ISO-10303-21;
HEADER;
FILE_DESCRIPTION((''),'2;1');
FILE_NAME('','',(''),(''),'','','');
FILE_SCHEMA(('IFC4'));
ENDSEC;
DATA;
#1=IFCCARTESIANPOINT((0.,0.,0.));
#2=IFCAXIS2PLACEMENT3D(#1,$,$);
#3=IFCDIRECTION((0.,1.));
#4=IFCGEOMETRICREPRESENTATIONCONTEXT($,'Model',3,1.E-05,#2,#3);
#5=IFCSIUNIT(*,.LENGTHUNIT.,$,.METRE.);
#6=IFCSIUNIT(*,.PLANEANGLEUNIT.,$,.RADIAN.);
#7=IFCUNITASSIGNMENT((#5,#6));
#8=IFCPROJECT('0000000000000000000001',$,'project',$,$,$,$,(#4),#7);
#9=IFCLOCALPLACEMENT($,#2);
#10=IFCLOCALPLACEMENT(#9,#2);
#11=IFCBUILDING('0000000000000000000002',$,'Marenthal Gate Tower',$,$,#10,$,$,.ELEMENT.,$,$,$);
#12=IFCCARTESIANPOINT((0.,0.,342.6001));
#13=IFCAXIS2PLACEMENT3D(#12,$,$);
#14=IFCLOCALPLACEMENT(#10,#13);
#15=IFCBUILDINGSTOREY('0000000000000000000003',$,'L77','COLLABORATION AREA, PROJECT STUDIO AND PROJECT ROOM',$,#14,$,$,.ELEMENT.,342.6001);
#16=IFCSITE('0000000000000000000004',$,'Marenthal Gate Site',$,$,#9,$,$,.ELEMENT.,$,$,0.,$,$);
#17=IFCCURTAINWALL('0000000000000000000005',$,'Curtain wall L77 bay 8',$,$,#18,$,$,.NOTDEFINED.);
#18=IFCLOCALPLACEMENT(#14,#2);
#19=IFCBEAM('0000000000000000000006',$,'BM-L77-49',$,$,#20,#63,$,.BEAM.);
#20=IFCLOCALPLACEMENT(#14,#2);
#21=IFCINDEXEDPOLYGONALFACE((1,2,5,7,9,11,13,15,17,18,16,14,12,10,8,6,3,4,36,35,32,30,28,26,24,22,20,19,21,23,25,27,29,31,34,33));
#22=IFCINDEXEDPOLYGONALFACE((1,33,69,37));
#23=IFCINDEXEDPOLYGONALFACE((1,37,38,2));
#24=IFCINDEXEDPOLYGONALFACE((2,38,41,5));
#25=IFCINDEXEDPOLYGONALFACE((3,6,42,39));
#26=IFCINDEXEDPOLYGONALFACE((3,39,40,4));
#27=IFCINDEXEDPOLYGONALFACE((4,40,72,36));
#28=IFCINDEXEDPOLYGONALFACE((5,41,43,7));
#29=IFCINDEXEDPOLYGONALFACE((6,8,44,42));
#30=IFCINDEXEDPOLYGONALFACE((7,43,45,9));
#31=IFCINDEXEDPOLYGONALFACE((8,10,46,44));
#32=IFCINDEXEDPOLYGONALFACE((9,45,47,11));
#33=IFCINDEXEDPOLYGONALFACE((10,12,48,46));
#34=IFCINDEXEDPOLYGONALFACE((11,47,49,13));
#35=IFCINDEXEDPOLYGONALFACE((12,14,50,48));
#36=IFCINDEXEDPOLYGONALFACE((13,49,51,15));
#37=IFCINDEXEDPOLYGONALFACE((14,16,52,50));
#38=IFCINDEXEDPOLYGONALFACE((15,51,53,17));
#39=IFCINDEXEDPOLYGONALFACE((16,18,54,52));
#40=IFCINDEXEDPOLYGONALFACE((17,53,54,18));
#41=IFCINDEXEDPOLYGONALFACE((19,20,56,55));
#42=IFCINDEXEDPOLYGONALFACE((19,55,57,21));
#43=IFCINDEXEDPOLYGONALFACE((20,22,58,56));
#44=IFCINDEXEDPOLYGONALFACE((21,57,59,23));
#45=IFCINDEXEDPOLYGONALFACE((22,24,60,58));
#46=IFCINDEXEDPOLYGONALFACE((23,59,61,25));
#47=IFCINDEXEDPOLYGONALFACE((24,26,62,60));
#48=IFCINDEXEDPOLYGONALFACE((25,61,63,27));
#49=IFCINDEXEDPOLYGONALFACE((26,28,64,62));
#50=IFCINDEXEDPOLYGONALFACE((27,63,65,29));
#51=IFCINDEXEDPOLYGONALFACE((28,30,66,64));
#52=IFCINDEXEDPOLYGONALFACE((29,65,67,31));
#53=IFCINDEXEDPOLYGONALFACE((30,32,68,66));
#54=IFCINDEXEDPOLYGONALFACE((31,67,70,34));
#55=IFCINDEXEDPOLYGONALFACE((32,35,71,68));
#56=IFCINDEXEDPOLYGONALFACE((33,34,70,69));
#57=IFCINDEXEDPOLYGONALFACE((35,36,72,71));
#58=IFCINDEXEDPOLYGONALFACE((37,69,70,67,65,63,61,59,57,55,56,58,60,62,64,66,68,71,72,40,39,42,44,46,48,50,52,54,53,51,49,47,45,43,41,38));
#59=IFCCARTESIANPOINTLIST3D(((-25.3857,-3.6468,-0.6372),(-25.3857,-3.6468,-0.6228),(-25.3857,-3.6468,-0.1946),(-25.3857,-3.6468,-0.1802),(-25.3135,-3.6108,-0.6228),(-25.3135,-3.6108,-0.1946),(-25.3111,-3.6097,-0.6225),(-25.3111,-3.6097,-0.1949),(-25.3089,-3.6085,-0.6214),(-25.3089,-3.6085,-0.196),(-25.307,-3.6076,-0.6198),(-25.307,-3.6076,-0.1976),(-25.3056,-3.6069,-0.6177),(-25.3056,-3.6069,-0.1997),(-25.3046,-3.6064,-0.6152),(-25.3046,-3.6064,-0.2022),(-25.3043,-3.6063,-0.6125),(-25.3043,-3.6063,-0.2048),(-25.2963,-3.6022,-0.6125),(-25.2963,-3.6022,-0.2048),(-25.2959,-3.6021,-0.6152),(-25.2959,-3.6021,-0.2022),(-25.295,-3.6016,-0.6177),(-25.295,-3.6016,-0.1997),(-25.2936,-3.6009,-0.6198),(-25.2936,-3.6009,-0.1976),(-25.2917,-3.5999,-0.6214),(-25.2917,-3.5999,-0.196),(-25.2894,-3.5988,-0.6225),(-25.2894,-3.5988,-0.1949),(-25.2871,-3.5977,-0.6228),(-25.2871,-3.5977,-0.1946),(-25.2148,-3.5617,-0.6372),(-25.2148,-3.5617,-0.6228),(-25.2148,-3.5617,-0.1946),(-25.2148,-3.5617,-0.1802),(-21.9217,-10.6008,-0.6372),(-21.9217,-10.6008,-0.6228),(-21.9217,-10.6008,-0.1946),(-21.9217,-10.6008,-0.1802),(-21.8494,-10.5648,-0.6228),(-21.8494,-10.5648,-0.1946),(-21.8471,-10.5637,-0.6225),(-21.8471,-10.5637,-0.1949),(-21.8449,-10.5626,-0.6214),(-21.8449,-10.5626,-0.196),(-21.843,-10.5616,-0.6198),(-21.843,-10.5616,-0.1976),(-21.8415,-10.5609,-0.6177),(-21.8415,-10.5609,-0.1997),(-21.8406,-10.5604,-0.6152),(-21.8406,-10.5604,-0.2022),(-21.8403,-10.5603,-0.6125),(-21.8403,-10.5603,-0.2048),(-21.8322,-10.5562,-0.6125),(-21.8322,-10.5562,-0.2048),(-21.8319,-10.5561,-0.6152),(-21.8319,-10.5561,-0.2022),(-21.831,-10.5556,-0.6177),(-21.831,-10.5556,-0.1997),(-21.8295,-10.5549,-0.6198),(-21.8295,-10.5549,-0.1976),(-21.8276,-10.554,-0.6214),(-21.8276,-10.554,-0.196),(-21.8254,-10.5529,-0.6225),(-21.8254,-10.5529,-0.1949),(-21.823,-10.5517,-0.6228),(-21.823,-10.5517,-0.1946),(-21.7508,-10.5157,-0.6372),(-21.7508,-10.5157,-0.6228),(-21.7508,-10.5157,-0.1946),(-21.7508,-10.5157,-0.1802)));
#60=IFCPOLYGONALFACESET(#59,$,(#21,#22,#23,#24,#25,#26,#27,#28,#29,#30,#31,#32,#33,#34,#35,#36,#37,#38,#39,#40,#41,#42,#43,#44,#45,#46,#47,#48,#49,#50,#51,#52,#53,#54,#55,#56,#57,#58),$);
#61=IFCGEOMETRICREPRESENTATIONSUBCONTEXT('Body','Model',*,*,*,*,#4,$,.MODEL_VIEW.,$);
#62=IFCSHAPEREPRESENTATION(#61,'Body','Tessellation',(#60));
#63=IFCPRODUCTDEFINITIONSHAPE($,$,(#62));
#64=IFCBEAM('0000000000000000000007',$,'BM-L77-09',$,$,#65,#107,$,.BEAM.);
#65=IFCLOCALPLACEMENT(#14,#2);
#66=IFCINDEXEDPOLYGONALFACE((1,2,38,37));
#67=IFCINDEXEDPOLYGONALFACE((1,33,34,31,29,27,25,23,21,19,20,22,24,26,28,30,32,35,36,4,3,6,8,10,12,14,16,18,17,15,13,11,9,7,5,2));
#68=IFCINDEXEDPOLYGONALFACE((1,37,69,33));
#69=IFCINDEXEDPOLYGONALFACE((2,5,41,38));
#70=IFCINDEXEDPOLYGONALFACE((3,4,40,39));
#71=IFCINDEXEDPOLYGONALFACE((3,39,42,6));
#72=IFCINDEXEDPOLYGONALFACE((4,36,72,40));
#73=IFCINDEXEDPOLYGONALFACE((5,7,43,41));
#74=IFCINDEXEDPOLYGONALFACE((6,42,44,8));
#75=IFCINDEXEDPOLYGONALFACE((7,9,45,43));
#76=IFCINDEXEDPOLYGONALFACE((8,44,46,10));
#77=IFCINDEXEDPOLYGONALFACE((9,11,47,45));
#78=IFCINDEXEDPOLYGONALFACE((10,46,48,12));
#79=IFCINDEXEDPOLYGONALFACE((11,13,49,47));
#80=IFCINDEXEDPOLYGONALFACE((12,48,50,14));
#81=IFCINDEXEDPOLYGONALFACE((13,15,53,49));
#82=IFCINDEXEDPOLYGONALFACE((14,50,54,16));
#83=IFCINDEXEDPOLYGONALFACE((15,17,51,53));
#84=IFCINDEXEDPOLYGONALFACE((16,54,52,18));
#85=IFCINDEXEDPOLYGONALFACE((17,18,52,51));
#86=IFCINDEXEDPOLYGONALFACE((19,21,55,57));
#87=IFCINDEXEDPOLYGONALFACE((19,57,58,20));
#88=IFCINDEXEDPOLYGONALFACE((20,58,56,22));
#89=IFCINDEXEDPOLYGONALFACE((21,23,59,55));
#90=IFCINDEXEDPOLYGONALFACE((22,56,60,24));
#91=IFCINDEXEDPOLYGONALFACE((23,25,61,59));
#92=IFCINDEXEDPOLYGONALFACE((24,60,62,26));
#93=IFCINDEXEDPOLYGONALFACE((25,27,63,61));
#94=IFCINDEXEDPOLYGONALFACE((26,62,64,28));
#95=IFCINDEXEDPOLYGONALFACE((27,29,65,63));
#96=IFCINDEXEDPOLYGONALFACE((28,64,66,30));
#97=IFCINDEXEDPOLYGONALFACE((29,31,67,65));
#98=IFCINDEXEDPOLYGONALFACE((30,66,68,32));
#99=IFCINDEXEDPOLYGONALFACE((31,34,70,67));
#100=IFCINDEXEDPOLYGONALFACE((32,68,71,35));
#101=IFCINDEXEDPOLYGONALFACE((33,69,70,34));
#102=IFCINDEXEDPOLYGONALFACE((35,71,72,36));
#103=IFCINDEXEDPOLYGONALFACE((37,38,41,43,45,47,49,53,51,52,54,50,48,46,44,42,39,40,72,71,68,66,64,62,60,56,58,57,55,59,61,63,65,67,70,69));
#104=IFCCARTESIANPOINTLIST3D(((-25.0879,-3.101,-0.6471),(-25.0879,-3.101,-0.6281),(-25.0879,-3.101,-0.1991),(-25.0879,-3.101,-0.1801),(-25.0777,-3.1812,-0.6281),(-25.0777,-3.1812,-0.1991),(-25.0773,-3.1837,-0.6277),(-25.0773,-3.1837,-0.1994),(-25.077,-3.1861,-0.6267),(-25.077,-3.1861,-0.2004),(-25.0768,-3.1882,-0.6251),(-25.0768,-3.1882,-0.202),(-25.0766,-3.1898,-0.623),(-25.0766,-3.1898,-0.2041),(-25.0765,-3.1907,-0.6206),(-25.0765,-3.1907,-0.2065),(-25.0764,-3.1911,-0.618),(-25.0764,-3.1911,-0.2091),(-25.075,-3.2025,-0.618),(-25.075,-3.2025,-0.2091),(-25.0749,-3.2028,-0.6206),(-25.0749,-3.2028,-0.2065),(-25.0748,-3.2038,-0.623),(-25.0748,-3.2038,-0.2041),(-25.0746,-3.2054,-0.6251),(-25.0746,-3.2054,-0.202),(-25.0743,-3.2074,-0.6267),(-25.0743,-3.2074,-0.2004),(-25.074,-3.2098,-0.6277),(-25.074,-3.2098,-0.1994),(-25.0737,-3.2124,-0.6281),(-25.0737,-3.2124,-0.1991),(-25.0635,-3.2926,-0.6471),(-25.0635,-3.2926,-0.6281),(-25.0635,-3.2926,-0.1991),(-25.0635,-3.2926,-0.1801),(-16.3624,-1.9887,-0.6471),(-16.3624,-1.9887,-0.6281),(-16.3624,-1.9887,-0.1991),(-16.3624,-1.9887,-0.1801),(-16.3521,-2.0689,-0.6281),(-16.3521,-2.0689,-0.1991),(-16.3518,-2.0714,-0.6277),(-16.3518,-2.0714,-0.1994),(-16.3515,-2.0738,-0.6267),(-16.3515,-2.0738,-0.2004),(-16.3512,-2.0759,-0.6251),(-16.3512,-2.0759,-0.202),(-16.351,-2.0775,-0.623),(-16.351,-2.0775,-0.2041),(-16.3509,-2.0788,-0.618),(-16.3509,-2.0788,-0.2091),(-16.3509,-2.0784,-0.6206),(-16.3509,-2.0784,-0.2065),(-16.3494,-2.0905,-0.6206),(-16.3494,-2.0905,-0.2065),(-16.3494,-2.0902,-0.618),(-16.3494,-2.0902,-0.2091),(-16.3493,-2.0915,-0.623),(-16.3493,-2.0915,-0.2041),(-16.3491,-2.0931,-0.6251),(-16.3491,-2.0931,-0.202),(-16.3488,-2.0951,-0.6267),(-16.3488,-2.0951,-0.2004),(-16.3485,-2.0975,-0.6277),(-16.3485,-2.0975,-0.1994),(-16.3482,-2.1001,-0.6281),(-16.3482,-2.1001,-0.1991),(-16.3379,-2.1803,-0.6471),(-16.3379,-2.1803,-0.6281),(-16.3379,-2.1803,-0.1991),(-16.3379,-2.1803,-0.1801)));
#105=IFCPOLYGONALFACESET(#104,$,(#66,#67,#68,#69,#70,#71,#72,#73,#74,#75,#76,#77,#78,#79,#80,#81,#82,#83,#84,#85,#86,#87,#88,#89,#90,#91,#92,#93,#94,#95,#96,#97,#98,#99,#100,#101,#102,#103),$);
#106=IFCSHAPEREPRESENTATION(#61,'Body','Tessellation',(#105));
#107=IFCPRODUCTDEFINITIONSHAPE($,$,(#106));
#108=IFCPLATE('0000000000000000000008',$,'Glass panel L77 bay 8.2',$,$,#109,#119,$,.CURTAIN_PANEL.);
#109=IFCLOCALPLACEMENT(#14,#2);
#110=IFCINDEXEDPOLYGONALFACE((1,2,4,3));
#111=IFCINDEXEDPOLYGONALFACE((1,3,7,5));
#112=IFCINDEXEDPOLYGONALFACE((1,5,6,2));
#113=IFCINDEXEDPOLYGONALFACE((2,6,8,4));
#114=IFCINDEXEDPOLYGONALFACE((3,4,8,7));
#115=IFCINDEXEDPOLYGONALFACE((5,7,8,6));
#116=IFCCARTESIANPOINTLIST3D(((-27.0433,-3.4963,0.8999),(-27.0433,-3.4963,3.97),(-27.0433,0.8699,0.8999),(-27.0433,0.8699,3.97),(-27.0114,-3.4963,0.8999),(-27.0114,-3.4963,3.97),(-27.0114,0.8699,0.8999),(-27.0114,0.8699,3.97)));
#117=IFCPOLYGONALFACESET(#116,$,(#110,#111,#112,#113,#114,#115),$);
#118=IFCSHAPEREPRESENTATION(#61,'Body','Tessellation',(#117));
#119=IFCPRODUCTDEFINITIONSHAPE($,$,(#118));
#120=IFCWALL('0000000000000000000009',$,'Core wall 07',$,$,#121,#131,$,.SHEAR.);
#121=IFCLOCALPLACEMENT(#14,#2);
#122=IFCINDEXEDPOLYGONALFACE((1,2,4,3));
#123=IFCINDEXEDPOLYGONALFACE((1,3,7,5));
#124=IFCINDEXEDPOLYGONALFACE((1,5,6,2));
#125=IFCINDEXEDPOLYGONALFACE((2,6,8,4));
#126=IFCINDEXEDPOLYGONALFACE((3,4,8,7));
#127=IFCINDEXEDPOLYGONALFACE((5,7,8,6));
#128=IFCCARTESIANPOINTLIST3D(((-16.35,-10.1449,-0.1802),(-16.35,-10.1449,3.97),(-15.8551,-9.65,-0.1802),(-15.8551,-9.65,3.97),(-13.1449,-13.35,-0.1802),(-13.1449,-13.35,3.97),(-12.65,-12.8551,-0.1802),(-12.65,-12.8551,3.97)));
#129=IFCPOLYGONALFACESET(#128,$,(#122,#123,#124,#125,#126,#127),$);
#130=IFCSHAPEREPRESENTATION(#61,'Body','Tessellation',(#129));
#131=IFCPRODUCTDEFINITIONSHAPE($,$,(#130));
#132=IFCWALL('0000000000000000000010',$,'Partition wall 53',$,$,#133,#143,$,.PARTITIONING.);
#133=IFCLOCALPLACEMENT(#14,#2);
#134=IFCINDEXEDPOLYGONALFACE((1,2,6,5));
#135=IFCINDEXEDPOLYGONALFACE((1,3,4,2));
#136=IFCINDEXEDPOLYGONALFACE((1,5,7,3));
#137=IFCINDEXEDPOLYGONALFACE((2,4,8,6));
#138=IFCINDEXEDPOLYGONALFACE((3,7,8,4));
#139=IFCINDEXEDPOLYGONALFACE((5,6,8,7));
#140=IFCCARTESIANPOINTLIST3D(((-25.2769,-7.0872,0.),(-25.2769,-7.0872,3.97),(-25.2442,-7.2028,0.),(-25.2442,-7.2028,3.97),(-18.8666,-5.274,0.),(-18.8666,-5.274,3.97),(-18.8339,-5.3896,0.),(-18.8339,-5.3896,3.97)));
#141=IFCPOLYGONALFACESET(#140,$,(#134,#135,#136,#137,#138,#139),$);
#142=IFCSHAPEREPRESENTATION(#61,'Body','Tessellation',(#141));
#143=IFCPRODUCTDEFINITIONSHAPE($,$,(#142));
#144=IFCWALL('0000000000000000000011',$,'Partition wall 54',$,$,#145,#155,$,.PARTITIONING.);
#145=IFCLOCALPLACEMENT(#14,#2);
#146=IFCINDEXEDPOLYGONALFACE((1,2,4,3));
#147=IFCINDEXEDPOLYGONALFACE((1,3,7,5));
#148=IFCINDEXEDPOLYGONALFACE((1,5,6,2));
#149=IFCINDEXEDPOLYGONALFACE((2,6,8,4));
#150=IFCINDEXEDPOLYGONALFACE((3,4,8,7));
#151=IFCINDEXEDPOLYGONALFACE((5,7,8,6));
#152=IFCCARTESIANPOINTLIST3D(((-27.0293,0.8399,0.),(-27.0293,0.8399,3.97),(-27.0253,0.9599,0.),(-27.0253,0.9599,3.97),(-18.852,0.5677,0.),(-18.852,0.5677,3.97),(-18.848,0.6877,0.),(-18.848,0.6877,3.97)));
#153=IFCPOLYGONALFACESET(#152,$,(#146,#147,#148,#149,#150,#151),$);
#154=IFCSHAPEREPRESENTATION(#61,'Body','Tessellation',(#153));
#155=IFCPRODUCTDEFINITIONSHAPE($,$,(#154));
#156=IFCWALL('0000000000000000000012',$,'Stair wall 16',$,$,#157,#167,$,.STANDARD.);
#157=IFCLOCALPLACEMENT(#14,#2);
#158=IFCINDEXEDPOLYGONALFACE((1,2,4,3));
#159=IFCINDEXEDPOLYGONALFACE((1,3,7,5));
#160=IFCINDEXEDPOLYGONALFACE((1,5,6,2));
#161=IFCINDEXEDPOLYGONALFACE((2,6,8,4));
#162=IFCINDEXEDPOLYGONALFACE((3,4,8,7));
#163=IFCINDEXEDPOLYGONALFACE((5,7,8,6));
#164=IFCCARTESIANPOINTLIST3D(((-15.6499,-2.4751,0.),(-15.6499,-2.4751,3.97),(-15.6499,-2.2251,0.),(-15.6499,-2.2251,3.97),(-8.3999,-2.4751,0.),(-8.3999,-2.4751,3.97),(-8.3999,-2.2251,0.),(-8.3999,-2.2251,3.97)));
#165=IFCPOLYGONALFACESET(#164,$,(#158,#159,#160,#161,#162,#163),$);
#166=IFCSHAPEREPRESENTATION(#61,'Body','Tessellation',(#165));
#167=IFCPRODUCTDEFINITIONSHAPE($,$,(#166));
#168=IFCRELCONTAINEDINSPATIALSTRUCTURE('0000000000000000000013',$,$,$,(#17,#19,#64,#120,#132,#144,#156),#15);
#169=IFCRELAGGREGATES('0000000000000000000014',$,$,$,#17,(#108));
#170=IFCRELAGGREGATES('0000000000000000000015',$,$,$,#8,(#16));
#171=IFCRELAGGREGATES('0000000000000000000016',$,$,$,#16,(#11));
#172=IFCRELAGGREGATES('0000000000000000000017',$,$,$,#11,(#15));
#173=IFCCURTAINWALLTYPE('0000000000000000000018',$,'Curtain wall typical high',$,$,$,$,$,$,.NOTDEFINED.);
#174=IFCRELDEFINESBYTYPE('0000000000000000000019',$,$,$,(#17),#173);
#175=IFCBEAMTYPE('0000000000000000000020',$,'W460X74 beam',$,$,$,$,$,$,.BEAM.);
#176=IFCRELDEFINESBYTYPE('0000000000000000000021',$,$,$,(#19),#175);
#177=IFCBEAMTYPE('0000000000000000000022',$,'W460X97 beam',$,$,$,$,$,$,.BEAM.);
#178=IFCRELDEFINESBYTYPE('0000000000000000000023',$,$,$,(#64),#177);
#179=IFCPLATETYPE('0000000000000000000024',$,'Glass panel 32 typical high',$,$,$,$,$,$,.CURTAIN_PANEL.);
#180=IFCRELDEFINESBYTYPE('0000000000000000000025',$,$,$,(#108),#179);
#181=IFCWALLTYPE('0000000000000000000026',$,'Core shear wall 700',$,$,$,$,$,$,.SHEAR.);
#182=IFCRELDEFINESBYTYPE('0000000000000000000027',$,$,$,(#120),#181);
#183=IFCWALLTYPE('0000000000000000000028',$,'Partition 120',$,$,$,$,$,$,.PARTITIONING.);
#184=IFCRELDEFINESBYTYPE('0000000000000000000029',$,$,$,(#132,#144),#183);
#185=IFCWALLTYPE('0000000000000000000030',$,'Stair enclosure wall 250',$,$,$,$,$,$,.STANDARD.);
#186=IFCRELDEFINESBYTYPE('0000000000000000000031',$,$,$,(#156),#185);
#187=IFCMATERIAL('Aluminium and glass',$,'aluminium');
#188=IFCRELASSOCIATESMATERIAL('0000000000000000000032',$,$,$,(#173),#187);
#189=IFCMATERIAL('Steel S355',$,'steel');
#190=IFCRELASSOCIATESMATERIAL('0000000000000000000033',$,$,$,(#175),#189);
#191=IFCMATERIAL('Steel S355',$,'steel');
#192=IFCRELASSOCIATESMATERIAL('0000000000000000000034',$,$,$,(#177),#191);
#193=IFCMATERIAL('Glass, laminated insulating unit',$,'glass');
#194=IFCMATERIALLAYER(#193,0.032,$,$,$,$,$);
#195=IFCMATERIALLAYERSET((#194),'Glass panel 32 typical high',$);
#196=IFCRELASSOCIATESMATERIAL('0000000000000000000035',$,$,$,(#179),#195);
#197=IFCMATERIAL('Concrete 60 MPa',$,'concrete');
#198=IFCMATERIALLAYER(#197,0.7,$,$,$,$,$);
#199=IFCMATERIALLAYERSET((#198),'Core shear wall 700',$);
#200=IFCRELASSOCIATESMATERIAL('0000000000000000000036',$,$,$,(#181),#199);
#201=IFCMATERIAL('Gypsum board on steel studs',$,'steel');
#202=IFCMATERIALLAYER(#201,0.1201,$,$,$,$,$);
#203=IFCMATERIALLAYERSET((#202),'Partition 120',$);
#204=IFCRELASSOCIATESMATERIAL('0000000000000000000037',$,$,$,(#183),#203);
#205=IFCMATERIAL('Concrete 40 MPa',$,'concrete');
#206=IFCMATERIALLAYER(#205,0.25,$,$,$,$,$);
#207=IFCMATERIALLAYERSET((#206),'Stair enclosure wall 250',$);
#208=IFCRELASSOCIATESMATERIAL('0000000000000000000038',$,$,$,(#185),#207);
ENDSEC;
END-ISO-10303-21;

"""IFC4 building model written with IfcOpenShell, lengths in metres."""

from ifc_helpers import new_model, si_unit, direction, frame, frame_2d, origin, origin_2d, place, context, subcontext, project, spatial, rectangle, i_section, extrude, material, layer, layer_set, material_profile, profile_set, type_object, element, aggregate, save


model = new_model("IFC4")

# Units and contexts
model_context = context("Model", 3, precision=1e-05, world=origin(), true_north=direction((0.0, 1.0)))
body_context = subcontext(model_context, "Body", "Model", "MODEL_VIEW")
ifc_project = project(units=[si_unit("LENGTHUNIT", "METRE"), si_unit("PLANEANGLEUNIT", "RADIAN")], contexts=[model_context])

# Site, building, storey
site_placement = place(None, origin())
site = spatial("IfcSite", under=ifc_project, at=site_placement, Name="Marenthal Gate Site", CompositionType="ELEMENT", RefElevation=0.0)
building_placement = place(site_placement, origin())
building = spatial("IfcBuilding", under=site, at=building_placement, Name="Marenthal Gate Tower", CompositionType="ELEMENT")
storey_placement = place(building_placement, frame((0.0, 0.0, 342.6001)))
storey = spatial("IfcBuildingStorey", under=building, at=storey_placement, Name="L77", Description="COLLABORATION AREA, PROJECT STUDIO AND PROJECT ROOM", CompositionType="ELEMENT", Elevation=342.6001)

# Curtain wall
ifc_material_1 = material(Name="Aluminium and glass", Category="aluminium")
curtain_wall_type = type_object("IfcCurtainWallType", Name="Curtain wall typical high", PredefinedType="NOTDEFINED", material=ifc_material_1)
curtain_wall_placement = place(storey_placement, origin())
curtain_wall = element("IfcCurtainWall", 1, at=curtain_wall_placement, inside=storey, type_object=curtain_wall_type, Name="Curtain wall L77 bay 8", PredefinedType="NOTDEFINED")

# Beams
ifc_material_2 = material(Name="Steel S355", Category="steel")
ifc_material_profile_1 = material_profile(ifc_material_2, i_section(OverallWidth=0.1909, OverallDepth=0.457, WebThickness=0.009, FlangeThickness=0.0144, FilletRadius=0.0103, at=origin_2d()), Name="W460X74")
ifc_profile_set_1 = profile_set([ifc_material_profile_1], Name="Steel S355")
beam_type_1 = type_object("IfcBeamType", Name="W460X74 beam", PredefinedType="BEAM", material=ifc_profile_set_1)
beam_1_placement = place(storey_placement, frame((-25.3003, -3.6042, -0.4087), z_axis=(0.445881, -0.895092, 0.0), x_axis=(0.895092, 0.445881, 0.0)))
element("IfcBeam", 2, at=beam_1_placement, inside=storey, type_object=beam_type_1, Name="BM-L77-49", PredefinedType="BEAM", context=body_context, shape_type="SweptSolid", body=[
    extrude(i_section(OverallWidth=0.1909, OverallDepth=0.457, WebThickness=0.009, FlangeThickness=0.0144, FilletRadius=0.0103, at=origin_2d()), origin(), (0.0, 0.0, 1.0), 7.769),
])
ifc_material_3 = material(Name="Steel S355", Category="steel")
ifc_material_profile_2 = material_profile(ifc_material_3, i_section(OverallWidth=0.1931, OverallDepth=0.467, WebThickness=0.0115, FlangeThickness=0.019, FilletRadius=0.01, at=origin_2d()), Name="W460X97")
ifc_profile_set_2 = profile_set([ifc_material_profile_2], Name="Steel S355")
beam_type_2 = type_object("IfcBeamType", Name="W460X97 beam", PredefinedType="BEAM", material=ifc_profile_set_2)
beam_2_placement = place(storey_placement, frame((-25.0757, -3.1968, -0.4136), z_axis=(0.991973, 0.126453, 0.0), x_axis=(-0.126453, 0.991973, 0.0)))
element("IfcBeam", 3, at=beam_2_placement, inside=storey, type_object=beam_type_2, Name="BM-L77-09", PredefinedType="BEAM", context=body_context, shape_type="SweptSolid", body=[
    extrude(i_section(OverallWidth=0.1931, OverallDepth=0.467, WebThickness=0.0115, FlangeThickness=0.019, FilletRadius=0.01, at=origin_2d()), origin(), (0.0, 0.0, 1.0), 8.7961),
])

# Plate
ifc_material_4 = material(Name="Glass, laminated insulating unit", Category="glass")
ifc_layer_1 = layer(ifc_material_4, 0.032)
ifc_layer_set_1 = layer_set([ifc_layer_1], Name="Glass panel 32 typical high")
plate_type = type_object("IfcPlateType", Name="Glass panel 32 typical high", PredefinedType="CURTAIN_PANEL", material=ifc_layer_set_1)
plate_placement = place(storey_placement, frame((-27.0273, -1.3132, 0.8999), z_axis=(0.0, 0.0, 1.0), x_axis=(0.0, -1.0, 0.0)))
plate = element("IfcPlate", 4, at=plate_placement, type_object=plate_type, Name="Glass panel L77 bay 8.2", PredefinedType="CURTAIN_PANEL", context=body_context, shape_type="SweptSolid", body=[
    extrude(rectangle(XDim=4.3662, YDim=0.032, at=origin_2d()), origin(), (0.0, 0.0, 1.0), 3.0701),
])
aggregate(curtain_wall, [plate])

# Walls
ifc_material_5 = material(Name="Concrete 60 MPa", Category="concrete")
ifc_layer_2 = layer(ifc_material_5, 0.7)
ifc_layer_set_2 = layer_set([ifc_layer_2], Name="Core shear wall 700")
wall_type_1 = type_object("IfcWallType", Name="Core shear wall 700", PredefinedType="SHEAR", material=ifc_layer_set_2)
wall_1_placement = place(storey_placement, frame((-16.1025, -9.8975, -0.1802), z_axis=(0.0, 0.0, 1.0), x_axis=(0.707107, -0.707107, 0.0)))
element("IfcWall", 5, at=wall_1_placement, inside=storey, type_object=wall_type_1, Name="Core wall 07", PredefinedType="SHEAR", context=body_context, shape_type="SweptSolid", body=[
    extrude(rectangle(XDim=4.5327, YDim=0.7, at=frame_2d((2.2664, 0.0))), origin(), (0.0, 0.0, 1.0), 4.1501),
])
ifc_material_6 = material(Name="Gypsum board on steel studs", Category="steel")
ifc_layer_3 = layer(ifc_material_6, 0.1201)
ifc_layer_set_3 = layer_set([ifc_layer_3], Name="Partition 120")
wall_type_2 = type_object("IfcWallType", Name="Partition 120", PredefinedType="PARTITIONING", material=ifc_layer_set_3)
wall_2_placement = place(storey_placement, frame((-18.8501, -5.3318, 0.0), z_axis=(0.0, 0.0, 1.0), x_axis=(-0.962247, -0.272179, 0.0)))
element("IfcWall", 6, at=wall_2_placement, inside=storey, type_object=wall_type_2, Name="Partition wall 53", PredefinedType="PARTITIONING", context=body_context, shape_type="SweptSolid", body=[
    extrude(rectangle(XDim=6.6619, YDim=0.1201, at=frame_2d((3.3311, 0.0))), origin(), (0.0, 0.0, 1.0), 3.97),
])
wall_3_placement = place(storey_placement, frame((-18.8501, 0.6277, 0.0), z_axis=(0.0, 0.0, 1.0), x_axis=(-0.999446, 0.033271, 0.0)))
element("IfcWall", 7, at=wall_3_placement, inside=storey, type_object=wall_type_2, Name="Partition wall 54", PredefinedType="PARTITIONING", context=body_context, shape_type="SweptSolid", body=[
    extrude(rectangle(XDim=8.1819, YDim=0.1201, at=frame_2d((4.0908, 0.0))), origin(), (0.0, 0.0, 1.0), 3.97),
])
ifc_material_7 = material(Name="Concrete 40 MPa", Category="concrete")
ifc_layer_4 = layer(ifc_material_7, 0.25)
ifc_layer_set_4 = layer_set([ifc_layer_4], Name="Stair enclosure wall 250")
wall_type_3 = type_object("IfcWallType", Name="Stair enclosure wall 250", PredefinedType="STANDARD", material=ifc_layer_set_4)
wall_4_placement = place(storey_placement, frame((-15.6499, -2.3501, 0.0), z_axis=(0.0, 0.0, 1.0), x_axis=(1.0, 0.0, 0.0)))
element("IfcWall", 8, at=wall_4_placement, inside=storey, type_object=wall_type_3, Name="Stair wall 16", PredefinedType="STANDARD", context=body_context, shape_type="SweptSolid", body=[
    extrude(rectangle(XDim=7.25, YDim=0.25, at=frame_2d((3.625, 0.0))), origin(), (0.0, 0.0, 1.0), 3.97),
])

save(model, "model.ifc")
